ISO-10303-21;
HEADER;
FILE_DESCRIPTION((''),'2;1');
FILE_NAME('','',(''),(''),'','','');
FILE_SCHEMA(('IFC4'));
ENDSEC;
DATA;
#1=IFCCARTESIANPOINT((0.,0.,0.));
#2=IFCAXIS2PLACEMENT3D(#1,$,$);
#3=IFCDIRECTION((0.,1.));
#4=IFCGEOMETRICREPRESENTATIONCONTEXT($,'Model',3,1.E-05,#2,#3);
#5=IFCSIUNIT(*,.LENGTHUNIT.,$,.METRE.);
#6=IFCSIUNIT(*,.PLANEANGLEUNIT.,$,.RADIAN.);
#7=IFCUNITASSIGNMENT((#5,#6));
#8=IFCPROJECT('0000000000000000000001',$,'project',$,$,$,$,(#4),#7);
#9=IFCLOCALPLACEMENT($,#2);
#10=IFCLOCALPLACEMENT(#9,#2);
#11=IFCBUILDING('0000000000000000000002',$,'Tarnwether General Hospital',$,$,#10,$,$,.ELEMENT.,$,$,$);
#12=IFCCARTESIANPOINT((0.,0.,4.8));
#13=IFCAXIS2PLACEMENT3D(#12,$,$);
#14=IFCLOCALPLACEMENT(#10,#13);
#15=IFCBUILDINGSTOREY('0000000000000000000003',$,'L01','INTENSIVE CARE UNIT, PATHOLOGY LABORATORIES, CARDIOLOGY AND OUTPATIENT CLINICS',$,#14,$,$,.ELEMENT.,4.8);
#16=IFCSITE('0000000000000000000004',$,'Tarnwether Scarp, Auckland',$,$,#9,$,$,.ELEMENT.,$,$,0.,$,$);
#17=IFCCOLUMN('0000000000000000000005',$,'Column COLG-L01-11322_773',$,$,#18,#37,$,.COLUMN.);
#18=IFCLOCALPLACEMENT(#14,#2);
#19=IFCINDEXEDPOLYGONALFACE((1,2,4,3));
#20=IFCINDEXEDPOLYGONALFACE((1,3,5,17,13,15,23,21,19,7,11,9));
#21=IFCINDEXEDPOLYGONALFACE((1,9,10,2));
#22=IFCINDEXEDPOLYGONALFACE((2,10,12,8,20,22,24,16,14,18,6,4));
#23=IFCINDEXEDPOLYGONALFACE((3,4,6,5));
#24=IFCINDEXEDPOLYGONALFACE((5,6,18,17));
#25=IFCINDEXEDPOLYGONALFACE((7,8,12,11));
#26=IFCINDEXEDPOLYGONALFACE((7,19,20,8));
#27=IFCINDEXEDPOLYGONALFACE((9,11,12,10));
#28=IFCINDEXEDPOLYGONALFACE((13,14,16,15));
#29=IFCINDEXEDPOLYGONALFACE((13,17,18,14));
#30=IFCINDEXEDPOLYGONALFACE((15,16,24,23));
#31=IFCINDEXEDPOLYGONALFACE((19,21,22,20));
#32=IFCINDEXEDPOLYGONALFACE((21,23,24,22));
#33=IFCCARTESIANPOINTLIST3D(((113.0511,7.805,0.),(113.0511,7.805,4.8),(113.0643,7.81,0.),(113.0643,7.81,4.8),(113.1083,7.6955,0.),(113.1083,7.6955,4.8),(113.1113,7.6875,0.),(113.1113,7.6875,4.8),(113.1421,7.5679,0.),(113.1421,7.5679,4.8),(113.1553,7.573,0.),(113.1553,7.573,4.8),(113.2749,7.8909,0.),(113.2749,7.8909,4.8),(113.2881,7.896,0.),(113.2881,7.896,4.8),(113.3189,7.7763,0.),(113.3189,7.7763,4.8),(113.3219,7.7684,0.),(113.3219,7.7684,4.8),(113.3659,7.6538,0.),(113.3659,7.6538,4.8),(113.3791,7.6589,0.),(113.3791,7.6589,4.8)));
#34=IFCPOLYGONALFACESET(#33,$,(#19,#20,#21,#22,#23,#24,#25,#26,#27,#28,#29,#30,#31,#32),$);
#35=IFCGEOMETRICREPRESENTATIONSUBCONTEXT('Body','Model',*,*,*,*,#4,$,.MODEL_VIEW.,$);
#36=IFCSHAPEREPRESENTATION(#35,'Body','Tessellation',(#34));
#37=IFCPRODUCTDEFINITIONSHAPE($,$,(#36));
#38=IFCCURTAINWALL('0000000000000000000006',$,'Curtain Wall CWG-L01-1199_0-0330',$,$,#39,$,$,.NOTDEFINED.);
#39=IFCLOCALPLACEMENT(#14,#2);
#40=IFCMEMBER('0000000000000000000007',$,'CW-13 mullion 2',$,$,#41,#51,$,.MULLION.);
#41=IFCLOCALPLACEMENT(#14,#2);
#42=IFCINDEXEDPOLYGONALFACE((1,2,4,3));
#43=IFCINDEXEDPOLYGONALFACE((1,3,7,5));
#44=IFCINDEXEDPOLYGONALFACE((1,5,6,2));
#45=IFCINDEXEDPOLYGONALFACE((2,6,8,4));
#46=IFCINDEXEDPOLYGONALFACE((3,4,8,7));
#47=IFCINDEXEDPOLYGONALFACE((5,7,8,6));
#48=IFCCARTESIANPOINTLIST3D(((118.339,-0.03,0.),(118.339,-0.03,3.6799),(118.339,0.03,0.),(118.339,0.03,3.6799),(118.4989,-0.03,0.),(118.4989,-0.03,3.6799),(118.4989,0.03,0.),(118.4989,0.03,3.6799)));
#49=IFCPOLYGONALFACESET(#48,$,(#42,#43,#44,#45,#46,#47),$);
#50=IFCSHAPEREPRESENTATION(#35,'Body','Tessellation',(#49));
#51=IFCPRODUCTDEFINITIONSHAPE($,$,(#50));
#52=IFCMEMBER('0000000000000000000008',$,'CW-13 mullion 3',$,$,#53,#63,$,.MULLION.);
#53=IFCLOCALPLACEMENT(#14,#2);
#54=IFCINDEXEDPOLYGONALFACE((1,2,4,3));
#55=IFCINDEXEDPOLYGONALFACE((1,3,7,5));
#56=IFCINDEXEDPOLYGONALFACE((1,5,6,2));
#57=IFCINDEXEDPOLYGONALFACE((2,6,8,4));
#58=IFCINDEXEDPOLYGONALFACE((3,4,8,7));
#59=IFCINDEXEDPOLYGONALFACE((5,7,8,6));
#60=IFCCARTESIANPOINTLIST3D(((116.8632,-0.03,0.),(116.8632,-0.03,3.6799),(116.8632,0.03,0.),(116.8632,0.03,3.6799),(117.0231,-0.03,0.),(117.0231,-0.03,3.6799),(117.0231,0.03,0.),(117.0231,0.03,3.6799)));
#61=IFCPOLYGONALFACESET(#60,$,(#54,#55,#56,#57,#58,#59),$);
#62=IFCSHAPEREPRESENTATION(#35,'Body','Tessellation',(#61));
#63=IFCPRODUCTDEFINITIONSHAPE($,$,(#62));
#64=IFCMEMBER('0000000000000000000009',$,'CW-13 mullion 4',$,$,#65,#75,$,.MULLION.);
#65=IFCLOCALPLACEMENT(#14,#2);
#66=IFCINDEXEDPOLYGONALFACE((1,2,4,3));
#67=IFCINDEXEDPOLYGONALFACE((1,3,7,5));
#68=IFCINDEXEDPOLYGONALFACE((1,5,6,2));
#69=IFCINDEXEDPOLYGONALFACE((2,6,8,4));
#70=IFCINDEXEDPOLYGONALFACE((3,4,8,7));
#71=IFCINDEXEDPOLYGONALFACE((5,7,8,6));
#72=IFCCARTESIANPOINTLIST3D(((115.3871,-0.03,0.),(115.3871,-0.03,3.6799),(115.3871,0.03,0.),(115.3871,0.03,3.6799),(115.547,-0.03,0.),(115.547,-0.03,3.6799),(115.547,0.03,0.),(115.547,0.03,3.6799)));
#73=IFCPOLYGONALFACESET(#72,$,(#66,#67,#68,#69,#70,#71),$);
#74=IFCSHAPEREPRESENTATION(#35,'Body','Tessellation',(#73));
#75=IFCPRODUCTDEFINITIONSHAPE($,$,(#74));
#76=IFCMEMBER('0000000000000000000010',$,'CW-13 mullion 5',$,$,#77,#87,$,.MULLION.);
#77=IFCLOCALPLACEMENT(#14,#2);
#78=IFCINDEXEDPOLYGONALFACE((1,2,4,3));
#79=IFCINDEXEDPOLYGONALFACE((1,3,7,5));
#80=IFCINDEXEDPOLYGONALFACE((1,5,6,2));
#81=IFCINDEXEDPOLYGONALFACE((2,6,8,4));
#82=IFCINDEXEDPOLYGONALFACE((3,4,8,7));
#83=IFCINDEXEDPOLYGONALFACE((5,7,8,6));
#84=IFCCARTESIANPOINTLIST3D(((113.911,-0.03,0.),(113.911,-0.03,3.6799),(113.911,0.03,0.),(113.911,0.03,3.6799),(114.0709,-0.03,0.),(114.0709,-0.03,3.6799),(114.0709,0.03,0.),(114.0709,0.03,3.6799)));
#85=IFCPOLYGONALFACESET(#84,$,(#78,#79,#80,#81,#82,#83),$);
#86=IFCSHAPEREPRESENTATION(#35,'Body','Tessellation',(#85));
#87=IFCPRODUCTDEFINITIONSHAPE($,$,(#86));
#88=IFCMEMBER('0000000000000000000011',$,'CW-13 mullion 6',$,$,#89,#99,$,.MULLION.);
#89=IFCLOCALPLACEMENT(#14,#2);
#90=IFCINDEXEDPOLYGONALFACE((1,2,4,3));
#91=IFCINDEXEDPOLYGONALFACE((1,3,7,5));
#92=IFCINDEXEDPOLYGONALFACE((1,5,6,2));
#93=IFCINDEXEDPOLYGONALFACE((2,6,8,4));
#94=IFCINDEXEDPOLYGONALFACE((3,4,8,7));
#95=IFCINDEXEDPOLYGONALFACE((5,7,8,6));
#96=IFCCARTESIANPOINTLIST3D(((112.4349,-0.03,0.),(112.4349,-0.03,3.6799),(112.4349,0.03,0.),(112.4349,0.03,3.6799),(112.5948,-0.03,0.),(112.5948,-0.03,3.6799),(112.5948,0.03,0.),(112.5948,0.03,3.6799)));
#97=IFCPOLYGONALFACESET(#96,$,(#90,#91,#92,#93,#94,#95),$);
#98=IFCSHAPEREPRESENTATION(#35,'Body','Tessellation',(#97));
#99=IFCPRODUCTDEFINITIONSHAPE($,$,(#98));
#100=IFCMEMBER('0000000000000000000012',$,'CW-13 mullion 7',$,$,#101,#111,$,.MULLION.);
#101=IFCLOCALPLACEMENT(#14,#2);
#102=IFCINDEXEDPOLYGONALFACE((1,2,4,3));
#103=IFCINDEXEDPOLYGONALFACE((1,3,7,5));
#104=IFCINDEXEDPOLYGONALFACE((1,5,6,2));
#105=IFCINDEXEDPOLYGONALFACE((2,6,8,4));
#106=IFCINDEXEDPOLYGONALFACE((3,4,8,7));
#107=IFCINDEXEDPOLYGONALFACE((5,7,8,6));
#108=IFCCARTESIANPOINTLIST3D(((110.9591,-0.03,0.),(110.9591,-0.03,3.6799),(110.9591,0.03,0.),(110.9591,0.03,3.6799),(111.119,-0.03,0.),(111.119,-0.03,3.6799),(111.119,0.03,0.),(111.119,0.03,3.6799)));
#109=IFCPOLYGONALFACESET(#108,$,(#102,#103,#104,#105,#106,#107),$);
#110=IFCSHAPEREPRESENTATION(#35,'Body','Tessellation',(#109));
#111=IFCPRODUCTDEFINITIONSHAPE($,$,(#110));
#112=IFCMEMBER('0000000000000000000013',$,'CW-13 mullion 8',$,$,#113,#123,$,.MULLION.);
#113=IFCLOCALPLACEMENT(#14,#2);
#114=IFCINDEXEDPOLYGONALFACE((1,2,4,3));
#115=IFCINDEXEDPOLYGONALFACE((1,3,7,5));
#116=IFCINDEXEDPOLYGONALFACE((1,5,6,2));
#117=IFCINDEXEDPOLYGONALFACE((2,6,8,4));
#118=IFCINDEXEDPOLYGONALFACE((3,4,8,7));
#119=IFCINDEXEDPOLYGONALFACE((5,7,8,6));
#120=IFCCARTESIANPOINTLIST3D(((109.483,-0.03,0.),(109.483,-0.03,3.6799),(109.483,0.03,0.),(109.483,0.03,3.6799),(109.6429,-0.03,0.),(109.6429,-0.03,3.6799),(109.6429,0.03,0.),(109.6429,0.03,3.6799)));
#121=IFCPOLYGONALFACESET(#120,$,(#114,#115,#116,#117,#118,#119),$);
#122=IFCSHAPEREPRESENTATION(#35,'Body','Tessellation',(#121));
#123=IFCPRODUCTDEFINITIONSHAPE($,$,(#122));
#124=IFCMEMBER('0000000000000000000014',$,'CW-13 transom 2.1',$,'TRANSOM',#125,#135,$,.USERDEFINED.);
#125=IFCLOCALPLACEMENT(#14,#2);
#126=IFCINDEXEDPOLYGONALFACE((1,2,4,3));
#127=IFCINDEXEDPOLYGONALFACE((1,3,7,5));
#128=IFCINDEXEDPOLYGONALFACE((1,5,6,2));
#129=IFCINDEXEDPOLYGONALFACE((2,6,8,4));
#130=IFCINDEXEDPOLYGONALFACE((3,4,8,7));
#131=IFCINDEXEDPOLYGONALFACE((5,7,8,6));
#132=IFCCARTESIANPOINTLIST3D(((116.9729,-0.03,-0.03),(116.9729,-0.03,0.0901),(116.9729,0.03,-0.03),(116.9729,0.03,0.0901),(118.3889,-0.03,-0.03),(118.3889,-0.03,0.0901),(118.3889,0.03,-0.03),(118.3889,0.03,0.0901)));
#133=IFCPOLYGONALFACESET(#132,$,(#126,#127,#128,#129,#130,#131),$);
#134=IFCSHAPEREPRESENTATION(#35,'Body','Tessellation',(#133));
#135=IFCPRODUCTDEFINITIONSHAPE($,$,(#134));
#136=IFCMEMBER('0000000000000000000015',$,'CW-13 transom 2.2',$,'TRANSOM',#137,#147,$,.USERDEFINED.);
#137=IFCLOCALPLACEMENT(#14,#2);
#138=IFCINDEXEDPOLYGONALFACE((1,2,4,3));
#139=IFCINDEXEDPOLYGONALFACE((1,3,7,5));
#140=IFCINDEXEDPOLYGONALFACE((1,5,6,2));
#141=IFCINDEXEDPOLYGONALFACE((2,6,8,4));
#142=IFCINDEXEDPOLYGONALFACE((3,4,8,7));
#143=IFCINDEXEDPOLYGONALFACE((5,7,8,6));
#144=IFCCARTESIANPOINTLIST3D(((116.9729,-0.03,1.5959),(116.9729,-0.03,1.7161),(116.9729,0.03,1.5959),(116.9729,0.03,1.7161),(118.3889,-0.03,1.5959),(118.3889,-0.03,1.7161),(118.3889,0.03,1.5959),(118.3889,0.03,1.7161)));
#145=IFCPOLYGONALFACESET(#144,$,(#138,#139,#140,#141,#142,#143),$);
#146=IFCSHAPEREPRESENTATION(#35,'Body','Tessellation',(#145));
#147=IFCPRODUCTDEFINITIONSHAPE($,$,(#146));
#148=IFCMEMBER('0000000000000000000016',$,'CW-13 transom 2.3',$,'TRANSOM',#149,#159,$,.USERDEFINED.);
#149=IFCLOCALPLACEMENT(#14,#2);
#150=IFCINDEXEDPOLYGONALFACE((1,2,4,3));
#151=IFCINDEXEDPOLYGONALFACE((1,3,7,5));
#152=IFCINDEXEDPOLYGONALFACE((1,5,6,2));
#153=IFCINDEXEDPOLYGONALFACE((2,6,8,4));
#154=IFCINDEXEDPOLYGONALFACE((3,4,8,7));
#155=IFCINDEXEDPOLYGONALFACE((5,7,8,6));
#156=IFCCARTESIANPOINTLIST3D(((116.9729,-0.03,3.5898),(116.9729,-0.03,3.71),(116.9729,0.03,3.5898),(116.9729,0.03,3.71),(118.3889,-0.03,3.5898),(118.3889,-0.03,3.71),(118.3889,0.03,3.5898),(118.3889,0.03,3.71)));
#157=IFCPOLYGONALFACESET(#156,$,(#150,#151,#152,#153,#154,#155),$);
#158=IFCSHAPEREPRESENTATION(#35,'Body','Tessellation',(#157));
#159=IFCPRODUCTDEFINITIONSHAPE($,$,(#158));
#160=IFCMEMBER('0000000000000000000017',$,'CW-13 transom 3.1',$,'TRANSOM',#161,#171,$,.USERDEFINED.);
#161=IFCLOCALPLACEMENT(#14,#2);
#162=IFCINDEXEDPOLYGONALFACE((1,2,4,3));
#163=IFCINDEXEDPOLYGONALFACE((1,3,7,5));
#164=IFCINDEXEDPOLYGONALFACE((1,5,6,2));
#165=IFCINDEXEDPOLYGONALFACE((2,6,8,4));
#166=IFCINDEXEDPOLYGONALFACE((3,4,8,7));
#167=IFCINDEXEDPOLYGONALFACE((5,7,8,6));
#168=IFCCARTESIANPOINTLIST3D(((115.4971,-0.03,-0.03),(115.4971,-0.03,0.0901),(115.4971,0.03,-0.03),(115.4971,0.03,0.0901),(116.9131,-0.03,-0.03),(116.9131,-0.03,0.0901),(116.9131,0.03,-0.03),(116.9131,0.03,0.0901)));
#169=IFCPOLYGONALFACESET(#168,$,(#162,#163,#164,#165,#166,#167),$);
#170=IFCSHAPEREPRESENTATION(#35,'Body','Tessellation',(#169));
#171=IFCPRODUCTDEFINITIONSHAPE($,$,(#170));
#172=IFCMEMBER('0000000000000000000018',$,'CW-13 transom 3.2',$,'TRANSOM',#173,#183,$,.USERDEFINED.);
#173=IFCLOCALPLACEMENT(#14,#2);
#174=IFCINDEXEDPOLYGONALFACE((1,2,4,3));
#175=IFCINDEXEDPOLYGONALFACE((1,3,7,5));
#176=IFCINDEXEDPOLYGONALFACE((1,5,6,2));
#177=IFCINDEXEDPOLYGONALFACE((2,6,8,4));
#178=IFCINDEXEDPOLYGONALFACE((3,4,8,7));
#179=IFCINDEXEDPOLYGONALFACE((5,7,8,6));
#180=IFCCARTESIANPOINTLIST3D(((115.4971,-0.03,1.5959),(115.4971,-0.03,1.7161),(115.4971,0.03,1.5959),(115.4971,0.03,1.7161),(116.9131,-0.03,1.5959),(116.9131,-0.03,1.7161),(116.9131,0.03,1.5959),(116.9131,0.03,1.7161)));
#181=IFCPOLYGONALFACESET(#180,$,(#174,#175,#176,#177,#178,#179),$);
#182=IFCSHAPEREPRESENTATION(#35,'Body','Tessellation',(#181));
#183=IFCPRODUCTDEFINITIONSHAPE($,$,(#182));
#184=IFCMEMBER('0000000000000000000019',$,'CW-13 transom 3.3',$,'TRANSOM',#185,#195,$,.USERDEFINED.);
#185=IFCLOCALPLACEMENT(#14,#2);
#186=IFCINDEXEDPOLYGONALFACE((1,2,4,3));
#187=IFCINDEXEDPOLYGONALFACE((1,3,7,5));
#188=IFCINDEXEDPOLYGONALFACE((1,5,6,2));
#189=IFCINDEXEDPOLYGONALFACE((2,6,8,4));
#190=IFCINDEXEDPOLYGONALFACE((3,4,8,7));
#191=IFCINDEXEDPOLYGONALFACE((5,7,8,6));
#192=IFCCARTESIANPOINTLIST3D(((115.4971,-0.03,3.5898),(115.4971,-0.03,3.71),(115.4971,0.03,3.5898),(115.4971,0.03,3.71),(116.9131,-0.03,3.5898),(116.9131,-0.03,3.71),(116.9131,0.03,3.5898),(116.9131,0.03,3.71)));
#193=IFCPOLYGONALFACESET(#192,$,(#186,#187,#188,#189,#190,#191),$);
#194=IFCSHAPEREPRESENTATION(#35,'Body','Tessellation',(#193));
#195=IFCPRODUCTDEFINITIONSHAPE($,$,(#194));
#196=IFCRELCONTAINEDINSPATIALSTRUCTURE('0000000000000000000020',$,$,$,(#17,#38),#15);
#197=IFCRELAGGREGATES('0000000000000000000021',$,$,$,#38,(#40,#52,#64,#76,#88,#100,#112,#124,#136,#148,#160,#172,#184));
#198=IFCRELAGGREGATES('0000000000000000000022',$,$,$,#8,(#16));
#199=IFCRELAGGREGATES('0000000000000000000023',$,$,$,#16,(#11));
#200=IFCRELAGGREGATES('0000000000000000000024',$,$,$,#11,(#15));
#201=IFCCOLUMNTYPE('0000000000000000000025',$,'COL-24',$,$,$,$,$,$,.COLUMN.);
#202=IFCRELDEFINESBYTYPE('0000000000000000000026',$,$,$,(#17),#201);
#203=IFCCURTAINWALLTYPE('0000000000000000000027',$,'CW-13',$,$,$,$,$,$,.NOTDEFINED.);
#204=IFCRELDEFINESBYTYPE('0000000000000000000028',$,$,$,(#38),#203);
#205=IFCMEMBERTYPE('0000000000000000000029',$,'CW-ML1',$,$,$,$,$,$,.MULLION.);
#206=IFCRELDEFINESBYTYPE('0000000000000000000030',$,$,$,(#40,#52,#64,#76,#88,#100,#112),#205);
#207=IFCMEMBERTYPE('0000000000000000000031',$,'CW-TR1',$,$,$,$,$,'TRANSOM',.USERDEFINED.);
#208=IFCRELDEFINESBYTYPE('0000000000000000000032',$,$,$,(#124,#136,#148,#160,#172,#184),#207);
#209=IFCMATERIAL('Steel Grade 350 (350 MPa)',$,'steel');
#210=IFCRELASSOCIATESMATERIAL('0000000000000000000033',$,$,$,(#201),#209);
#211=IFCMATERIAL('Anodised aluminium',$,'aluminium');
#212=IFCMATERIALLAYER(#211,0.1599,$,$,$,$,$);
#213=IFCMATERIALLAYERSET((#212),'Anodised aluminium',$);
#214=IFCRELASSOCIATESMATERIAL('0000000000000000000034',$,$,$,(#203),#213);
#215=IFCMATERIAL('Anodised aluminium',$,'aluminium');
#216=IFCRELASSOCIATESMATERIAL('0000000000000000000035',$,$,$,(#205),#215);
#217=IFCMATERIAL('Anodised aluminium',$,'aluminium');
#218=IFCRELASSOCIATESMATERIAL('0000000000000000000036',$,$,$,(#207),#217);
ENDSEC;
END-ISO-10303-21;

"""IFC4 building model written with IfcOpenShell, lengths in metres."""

from ifc_helpers import new_model, si_unit, direction, frame, origin, origin_2d, place, context, subcontext, project, spatial, rectangle, i_section, extrude, material, layer, layer_set, material_profile, profile_set, type_object, element, aggregate, save


model = new_model("IFC4")

# Units and contexts
model_context = context("Model", 3, precision=1e-05, world=origin(), true_north=direction((0.0, 1.0)))
body_context = subcontext(model_context, "Body", "Model", "MODEL_VIEW")
ifc_project = project(units=[si_unit("LENGTHUNIT", "METRE"), si_unit("PLANEANGLEUNIT", "RADIAN")], contexts=[model_context])

# Site, building, storey
site_placement = place(None, origin())
site = spatial("IfcSite", under=ifc_project, at=site_placement, Name="Tarnwether Scarp, Auckland", CompositionType="ELEMENT", RefElevation=0.0)
building_placement = place(site_placement, origin())
building = spatial("IfcBuilding", under=site, at=building_placement, Name="Tarnwether General Hospital", CompositionType="ELEMENT")
storey_placement = place(building_placement, frame((0.0, 0.0, 4.8)))
storey = spatial("IfcBuildingStorey", under=building, at=storey_placement, Name="L01", Description="INTENSIVE CARE UNIT, PATHOLOGY LABORATORIES, CARDIOLOGY AND OUTPATIENT CLINICS", CompositionType="ELEMENT", Elevation=4.8)

# Column
ifc_material_1 = material(Name="Steel Grade 350 (350 MPa)", Category="steel")
ifc_material_profile_1 = material_profile(ifc_material_1, i_section(OverallWidth=0.2539, OverallDepth=0.2539, WebThickness=0.0085, FlangeThickness=0.0142, at=origin_2d()), Name="250UC72.9")
ifc_profile_set_1 = profile_set([ifc_material_profile_1], Name="Steel Grade 350 (350 MPa)")
column_type = type_object("IfcColumnType", Name="COL-24", PredefinedType="COLUMN", material=ifc_profile_set_1)
column_placement = place(storey_placement, frame((113.2151, 7.7319, 0.0), z_axis=(0.0, 0.0, 1.0), x_axis=(-0.358368, 0.93358, 0.0)))
element("IfcColumn", 1, at=column_placement, inside=storey, type_object=column_type, Name="Column COLG-L01-11322_773", PredefinedType="COLUMN", context=body_context, shape_type="SweptSolid", body=[
    extrude(i_section(OverallWidth=0.2539, OverallDepth=0.2539, WebThickness=0.0085, FlangeThickness=0.0142, at=origin_2d()), origin(), (0.0, 0.0, 1.0), 4.8),
])

# Curtain wall, members
ifc_material_2 = material(Name="Anodised aluminium", Category="aluminium")
ifc_layer_1 = layer(ifc_material_2, 0.1599)
ifc_layer_set_1 = layer_set([ifc_layer_1], Name="Anodised aluminium")
curtain_wall_type = type_object("IfcCurtainWallType", Name="CW-13", PredefinedType="NOTDEFINED", material=ifc_layer_set_1)
curtain_wall_placement = place(storey_placement, origin())
curtain_wall = element("IfcCurtainWall", 2, at=curtain_wall_placement, inside=storey, type_object=curtain_wall_type, Name="Curtain Wall CWG-L01-1199_0-0330", PredefinedType="NOTDEFINED")
ifc_material_3 = material(Name="Anodised aluminium", Category="aluminium")
ifc_material_profile_2 = material_profile(ifc_material_3, rectangle(XDim=0.0601, YDim=0.1599, at=origin_2d()), Name="ALU-MUL-60x160")
ifc_profile_set_2 = profile_set([ifc_material_profile_2], Name="Anodised aluminium")
member_type_1 = type_object("IfcMemberType", Name="CW-ML1", PredefinedType="MULLION", material=ifc_profile_set_2)
member_1_placement = place(storey_placement, frame((118.4189, 0.0, 0.0), z_axis=(0.0, 0.0, 1.0), x_axis=(0.0, -1.0, 0.0)))
member_1 = element("IfcMember", 3, at=member_1_placement, type_object=member_type_1, Name="CW-13 mullion 2", PredefinedType="MULLION", context=body_context, shape_type="SweptSolid", body=[
    extrude(rectangle(XDim=0.0601, YDim=0.1599, at=origin_2d()), origin(), (0.0, 0.0, 1.0), 3.6799),
])
member_2_placement = place(storey_placement, frame((116.9431, 0.0, 0.0), z_axis=(0.0, 0.0, 1.0), x_axis=(0.0, -1.0, 0.0)))
member_2 = element("IfcMember", 4, at=member_2_placement, type_object=member_type_1, Name="CW-13 mullion 3", PredefinedType="MULLION", context=body_context, shape_type="SweptSolid", body=[
    extrude(rectangle(XDim=0.0601, YDim=0.1599, at=origin_2d()), origin(), (0.0, 0.0, 1.0), 3.6799),
])
member_3_placement = place(storey_placement, frame((115.467, 0.0, 0.0), z_axis=(0.0, 0.0, 1.0), x_axis=(0.0, -1.0, 0.0)))
member_3 = element("IfcMember", 5, at=member_3_placement, type_object=member_type_1, Name="CW-13 mullion 4", PredefinedType="MULLION", context=body_context, shape_type="SweptSolid", body=[
    extrude(rectangle(XDim=0.0601, YDim=0.1599, at=origin_2d()), origin(), (0.0, 0.0, 1.0), 3.6799),
])
member_4_placement = place(storey_placement, frame((113.991, 0.0, 0.0), z_axis=(0.0, 0.0, 1.0), x_axis=(0.0, -1.0, 0.0)))
member_4 = element("IfcMember", 6, at=member_4_placement, type_object=member_type_1, Name="CW-13 mullion 5", PredefinedType="MULLION", context=body_context, shape_type="SweptSolid", body=[
    extrude(rectangle(XDim=0.0601, YDim=0.1599, at=origin_2d()), origin(), (0.0, 0.0, 1.0), 3.6799),
])
member_5_placement = place(storey_placement, frame((112.5149, 0.0, 0.0), z_axis=(0.0, 0.0, 1.0), x_axis=(0.0, -1.0, 0.0)))
member_5 = element("IfcMember", 7, at=member_5_placement, type_object=member_type_1, Name="CW-13 mullion 6", PredefinedType="MULLION", context=body_context, shape_type="SweptSolid", body=[
    extrude(rectangle(XDim=0.0601, YDim=0.1599, at=origin_2d()), origin(), (0.0, 0.0, 1.0), 3.6799),
])
member_6_placement = place(storey_placement, frame((111.0391, 0.0, 0.0), z_axis=(0.0, 0.0, 1.0), x_axis=(0.0, -1.0, 0.0)))
member_6 = element("IfcMember", 8, at=member_6_placement, type_object=member_type_1, Name="CW-13 mullion 7", PredefinedType="MULLION", context=body_context, shape_type="SweptSolid", body=[
    extrude(rectangle(XDim=0.0601, YDim=0.1599, at=origin_2d()), origin(), (0.0, 0.0, 1.0), 3.6799),
])
member_7_placement = place(storey_placement, frame((109.563, 0.0, 0.0), z_axis=(0.0, 0.0, 1.0), x_axis=(0.0, -1.0, 0.0)))
member_7 = element("IfcMember", 9, at=member_7_placement, type_object=member_type_1, Name="CW-13 mullion 8", PredefinedType="MULLION", context=body_context, shape_type="SweptSolid", body=[
    extrude(rectangle(XDim=0.0601, YDim=0.1599, at=origin_2d()), origin(), (0.0, 0.0, 1.0), 3.6799),
])
ifc_material_4 = material(Name="Anodised aluminium", Category="aluminium")
ifc_material_profile_3 = material_profile(ifc_material_4, rectangle(XDim=0.0601, YDim=0.1201, at=origin_2d()), Name="ALU-TRN-60x120")
ifc_profile_set_3 = profile_set([ifc_material_profile_3], Name="Anodised aluminium")
member_type_2 = type_object("IfcMemberType", Name="CW-TR1", ElementType="TRANSOM", PredefinedType="USERDEFINED", material=ifc_profile_set_3)
member_8_placement = place(storey_placement, frame((118.3889, 0.0, 0.03), z_axis=(-1.0, 0.0, 0.0), x_axis=(0.0, -1.0, 0.0)))
member_8 = element("IfcMember", 10, at=member_8_placement, type_object=member_type_2, Name="CW-13 transom 2.1", ObjectType="TRANSOM", PredefinedType="USERDEFINED", context=body_context, shape_type="SweptSolid", body=[
    extrude(rectangle(XDim=0.0601, YDim=0.1201, at=origin_2d()), origin(), (0.0, 0.0, 1.0), 1.416),
])
member_9_placement = place(storey_placement, frame((118.3889, 0.0, 1.656), z_axis=(-1.0, 0.0, 0.0), x_axis=(0.0, -1.0, 0.0)))
member_9 = element("IfcMember", 11, at=member_9_placement, type_object=member_type_2, Name="CW-13 transom 2.2", ObjectType="TRANSOM", PredefinedType="USERDEFINED", context=body_context, shape_type="SweptSolid", body=[
    extrude(rectangle(XDim=0.0601, YDim=0.1201, at=origin_2d()), origin(), (0.0, 0.0, 1.0), 1.416),
])
member_10_placement = place(storey_placement, frame((118.3889, 0.0, 3.6499), z_axis=(-1.0, 0.0, 0.0), x_axis=(0.0, -1.0, 0.0)))
member_10 = element("IfcMember", 12, at=member_10_placement, type_object=member_type_2, Name="CW-13 transom 2.3", ObjectType="TRANSOM", PredefinedType="USERDEFINED", context=body_context, shape_type="SweptSolid", body=[
    extrude(rectangle(XDim=0.0601, YDim=0.1201, at=origin_2d()), origin(), (0.0, 0.0, 1.0), 1.416),
])
member_11_placement = place(storey_placement, frame((116.9131, 0.0, 0.03), z_axis=(-1.0, 0.0, 0.0), x_axis=(0.0, -1.0, 0.0)))
member_11 = element("IfcMember", 13, at=member_11_placement, type_object=member_type_2, Name="CW-13 transom 3.1", ObjectType="TRANSOM", PredefinedType="USERDEFINED", context=body_context, shape_type="SweptSolid", body=[
    extrude(rectangle(XDim=0.0601, YDim=0.1201, at=origin_2d()), origin(), (0.0, 0.0, 1.0), 1.416),
])
member_12_placement = place(storey_placement, frame((116.9131, 0.0, 1.656), z_axis=(-1.0, 0.0, 0.0), x_axis=(0.0, -1.0, 0.0)))
member_12 = element("IfcMember", 14, at=member_12_placement, type_object=member_type_2, Name="CW-13 transom 3.2", ObjectType="TRANSOM", PredefinedType="USERDEFINED", context=body_context, shape_type="SweptSolid", body=[
    extrude(rectangle(XDim=0.0601, YDim=0.1201, at=origin_2d()), origin(), (0.0, 0.0, 1.0), 1.416),
])
member_13_placement = place(storey_placement, frame((116.9131, 0.0, 3.6499), z_axis=(-1.0, 0.0, 0.0), x_axis=(0.0, -1.0, 0.0)))
member_13 = element("IfcMember", 15, at=member_13_placement, type_object=member_type_2, Name="CW-13 transom 3.3", ObjectType="TRANSOM", PredefinedType="USERDEFINED", context=body_context, shape_type="SweptSolid", body=[
    extrude(rectangle(XDim=0.0601, YDim=0.1201, at=origin_2d()), origin(), (0.0, 0.0, 1.0), 1.416),
])
aggregate(curtain_wall, [member_1, member_2, member_3, member_4, member_5, member_6, member_7, member_8, member_9, member_10, member_11, member_12, member_13])

save(model, "model.ifc")
